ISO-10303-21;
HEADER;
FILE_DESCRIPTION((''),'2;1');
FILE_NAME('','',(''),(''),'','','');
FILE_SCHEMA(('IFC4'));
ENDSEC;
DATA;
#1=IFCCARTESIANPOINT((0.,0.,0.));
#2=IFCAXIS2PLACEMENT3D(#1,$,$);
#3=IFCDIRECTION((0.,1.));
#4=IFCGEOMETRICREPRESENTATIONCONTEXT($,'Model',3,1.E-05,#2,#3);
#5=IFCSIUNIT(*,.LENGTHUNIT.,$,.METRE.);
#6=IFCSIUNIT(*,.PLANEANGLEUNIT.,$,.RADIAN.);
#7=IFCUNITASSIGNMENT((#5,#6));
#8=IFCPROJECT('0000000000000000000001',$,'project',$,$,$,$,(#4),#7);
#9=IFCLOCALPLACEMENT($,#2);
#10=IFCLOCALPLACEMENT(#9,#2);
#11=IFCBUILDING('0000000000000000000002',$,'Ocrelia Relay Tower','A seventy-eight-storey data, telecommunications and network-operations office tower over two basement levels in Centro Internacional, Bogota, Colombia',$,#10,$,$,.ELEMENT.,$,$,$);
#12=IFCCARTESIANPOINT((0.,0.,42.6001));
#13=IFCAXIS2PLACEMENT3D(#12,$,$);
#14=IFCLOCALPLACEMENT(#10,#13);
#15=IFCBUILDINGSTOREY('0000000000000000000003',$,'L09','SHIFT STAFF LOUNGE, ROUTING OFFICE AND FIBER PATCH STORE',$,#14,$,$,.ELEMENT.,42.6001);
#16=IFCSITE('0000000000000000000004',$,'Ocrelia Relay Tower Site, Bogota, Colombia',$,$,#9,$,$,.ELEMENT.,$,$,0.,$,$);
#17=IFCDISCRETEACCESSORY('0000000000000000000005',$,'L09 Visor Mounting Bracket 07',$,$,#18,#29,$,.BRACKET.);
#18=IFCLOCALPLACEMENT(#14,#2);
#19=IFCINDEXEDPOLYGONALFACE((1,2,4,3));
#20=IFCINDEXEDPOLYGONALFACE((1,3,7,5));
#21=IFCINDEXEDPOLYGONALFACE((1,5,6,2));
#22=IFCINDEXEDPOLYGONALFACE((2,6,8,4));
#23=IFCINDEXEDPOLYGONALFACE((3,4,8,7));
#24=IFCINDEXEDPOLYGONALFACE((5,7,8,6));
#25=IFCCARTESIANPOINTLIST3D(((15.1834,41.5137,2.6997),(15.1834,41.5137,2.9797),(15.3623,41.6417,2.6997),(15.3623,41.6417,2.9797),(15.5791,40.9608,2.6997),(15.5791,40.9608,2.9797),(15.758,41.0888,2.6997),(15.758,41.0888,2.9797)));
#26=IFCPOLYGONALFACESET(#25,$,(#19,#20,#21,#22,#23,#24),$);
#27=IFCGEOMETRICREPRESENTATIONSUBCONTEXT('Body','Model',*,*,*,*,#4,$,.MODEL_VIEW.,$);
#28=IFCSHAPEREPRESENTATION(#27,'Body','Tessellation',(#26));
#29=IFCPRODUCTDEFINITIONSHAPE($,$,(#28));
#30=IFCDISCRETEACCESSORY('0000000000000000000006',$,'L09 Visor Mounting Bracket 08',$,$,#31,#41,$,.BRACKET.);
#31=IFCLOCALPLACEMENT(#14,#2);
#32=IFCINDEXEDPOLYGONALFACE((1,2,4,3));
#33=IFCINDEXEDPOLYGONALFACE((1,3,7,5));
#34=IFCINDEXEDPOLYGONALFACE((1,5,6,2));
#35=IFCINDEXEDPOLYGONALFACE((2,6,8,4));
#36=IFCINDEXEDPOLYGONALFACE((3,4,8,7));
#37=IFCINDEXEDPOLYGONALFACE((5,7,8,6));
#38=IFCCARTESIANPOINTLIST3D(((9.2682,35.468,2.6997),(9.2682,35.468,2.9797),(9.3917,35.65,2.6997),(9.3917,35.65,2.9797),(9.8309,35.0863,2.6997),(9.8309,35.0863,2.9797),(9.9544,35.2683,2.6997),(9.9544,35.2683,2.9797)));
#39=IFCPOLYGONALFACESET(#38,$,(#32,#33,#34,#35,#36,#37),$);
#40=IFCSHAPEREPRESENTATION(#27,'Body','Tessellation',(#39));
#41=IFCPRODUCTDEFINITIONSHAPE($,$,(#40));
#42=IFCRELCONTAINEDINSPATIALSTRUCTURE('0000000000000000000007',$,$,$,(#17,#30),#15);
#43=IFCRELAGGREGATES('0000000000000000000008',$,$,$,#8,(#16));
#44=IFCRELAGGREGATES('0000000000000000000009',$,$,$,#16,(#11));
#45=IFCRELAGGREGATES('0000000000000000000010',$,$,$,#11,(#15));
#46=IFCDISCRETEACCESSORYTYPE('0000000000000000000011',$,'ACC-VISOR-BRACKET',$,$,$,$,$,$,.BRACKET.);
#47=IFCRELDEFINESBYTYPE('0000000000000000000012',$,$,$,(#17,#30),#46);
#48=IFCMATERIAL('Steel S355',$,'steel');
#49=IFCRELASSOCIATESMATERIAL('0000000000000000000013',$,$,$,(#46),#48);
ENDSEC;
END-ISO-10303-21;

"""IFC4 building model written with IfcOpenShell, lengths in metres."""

from ifc_helpers import new_model, si_unit, direction, frame, origin, origin_2d, place, context, subcontext, project, spatial, rectangle, extrude, material, type_object, element, save


model = new_model("IFC4")

# Units and contexts
model_context = context("Model", 3, precision=1e-05, world=origin(), true_north=direction((0.0, 1.0)))
body_context = subcontext(model_context, "Body", "Model", "MODEL_VIEW")
ifc_project = project(units=[si_unit("LENGTHUNIT", "METRE"), si_unit("PLANEANGLEUNIT", "RADIAN")], contexts=[model_context])

# Site, building, storey
site_placement = place(None, origin())
site = spatial("IfcSite", under=ifc_project, at=site_placement, Name="Ocrelia Relay Tower Site, Bogota, Colombia", CompositionType="ELEMENT", RefElevation=0.0)
building_placement = place(site_placement, origin())
building = spatial("IfcBuilding", under=site, at=building_placement, Name="Ocrelia Relay Tower", Description="A seventy-eight-storey data, telecommunications and network-operations office tower over two basement levels in Centro Internacional, Bogota, Colombia", CompositionType="ELEMENT")
storey_placement = place(building_placement, frame((0.0, 0.0, 42.6001)))
storey = spatial("IfcBuildingStorey", under=building, at=storey_placement, Name="L09", Description="SHIFT STAFF LOUNGE, ROUTING OFFICE AND FIBER PATCH STORE", CompositionType="ELEMENT", Elevation=42.6001)

# Shared definitions
ifc_material_1 = material(Name="Steel S355", Category="steel")

# Discrete accessories
discrete_accessory_type = type_object("IfcDiscreteAccessoryType", Name="ACC-VISOR-BRACKET", PredefinedType="BRACKET", material=ifc_material_1)
for number, where, z_axis, x_axis, name in (
    (1, (15.4707, 41.3013, 2.6997), (0.0, 0.0, 1.0), (-0.813229, -0.581944, 0.0), "L09 Visor Mounting Bracket 07"),
    (2, (9.6113, 35.3682, 2.6997), (0.0, 0.0, 1.0), (-0.561357, -0.827574, 0.0), "L09 Visor Mounting Bracket 08"),
):
    element("IfcDiscreteAccessory", number, at=place(storey_placement, frame(where, z_axis=z_axis, x_axis=x_axis)), inside=storey, type_object=discrete_accessory_type, Name=name, PredefinedType="BRACKET", context=body_context, shape_type="SweptSolid", body=[
        extrude(rectangle(XDim=0.22, YDim=0.6799, at=origin_2d()), origin(), (0.0, 0.0, 1.0), 0.28),
    ])

save(model, "model.ifc")
